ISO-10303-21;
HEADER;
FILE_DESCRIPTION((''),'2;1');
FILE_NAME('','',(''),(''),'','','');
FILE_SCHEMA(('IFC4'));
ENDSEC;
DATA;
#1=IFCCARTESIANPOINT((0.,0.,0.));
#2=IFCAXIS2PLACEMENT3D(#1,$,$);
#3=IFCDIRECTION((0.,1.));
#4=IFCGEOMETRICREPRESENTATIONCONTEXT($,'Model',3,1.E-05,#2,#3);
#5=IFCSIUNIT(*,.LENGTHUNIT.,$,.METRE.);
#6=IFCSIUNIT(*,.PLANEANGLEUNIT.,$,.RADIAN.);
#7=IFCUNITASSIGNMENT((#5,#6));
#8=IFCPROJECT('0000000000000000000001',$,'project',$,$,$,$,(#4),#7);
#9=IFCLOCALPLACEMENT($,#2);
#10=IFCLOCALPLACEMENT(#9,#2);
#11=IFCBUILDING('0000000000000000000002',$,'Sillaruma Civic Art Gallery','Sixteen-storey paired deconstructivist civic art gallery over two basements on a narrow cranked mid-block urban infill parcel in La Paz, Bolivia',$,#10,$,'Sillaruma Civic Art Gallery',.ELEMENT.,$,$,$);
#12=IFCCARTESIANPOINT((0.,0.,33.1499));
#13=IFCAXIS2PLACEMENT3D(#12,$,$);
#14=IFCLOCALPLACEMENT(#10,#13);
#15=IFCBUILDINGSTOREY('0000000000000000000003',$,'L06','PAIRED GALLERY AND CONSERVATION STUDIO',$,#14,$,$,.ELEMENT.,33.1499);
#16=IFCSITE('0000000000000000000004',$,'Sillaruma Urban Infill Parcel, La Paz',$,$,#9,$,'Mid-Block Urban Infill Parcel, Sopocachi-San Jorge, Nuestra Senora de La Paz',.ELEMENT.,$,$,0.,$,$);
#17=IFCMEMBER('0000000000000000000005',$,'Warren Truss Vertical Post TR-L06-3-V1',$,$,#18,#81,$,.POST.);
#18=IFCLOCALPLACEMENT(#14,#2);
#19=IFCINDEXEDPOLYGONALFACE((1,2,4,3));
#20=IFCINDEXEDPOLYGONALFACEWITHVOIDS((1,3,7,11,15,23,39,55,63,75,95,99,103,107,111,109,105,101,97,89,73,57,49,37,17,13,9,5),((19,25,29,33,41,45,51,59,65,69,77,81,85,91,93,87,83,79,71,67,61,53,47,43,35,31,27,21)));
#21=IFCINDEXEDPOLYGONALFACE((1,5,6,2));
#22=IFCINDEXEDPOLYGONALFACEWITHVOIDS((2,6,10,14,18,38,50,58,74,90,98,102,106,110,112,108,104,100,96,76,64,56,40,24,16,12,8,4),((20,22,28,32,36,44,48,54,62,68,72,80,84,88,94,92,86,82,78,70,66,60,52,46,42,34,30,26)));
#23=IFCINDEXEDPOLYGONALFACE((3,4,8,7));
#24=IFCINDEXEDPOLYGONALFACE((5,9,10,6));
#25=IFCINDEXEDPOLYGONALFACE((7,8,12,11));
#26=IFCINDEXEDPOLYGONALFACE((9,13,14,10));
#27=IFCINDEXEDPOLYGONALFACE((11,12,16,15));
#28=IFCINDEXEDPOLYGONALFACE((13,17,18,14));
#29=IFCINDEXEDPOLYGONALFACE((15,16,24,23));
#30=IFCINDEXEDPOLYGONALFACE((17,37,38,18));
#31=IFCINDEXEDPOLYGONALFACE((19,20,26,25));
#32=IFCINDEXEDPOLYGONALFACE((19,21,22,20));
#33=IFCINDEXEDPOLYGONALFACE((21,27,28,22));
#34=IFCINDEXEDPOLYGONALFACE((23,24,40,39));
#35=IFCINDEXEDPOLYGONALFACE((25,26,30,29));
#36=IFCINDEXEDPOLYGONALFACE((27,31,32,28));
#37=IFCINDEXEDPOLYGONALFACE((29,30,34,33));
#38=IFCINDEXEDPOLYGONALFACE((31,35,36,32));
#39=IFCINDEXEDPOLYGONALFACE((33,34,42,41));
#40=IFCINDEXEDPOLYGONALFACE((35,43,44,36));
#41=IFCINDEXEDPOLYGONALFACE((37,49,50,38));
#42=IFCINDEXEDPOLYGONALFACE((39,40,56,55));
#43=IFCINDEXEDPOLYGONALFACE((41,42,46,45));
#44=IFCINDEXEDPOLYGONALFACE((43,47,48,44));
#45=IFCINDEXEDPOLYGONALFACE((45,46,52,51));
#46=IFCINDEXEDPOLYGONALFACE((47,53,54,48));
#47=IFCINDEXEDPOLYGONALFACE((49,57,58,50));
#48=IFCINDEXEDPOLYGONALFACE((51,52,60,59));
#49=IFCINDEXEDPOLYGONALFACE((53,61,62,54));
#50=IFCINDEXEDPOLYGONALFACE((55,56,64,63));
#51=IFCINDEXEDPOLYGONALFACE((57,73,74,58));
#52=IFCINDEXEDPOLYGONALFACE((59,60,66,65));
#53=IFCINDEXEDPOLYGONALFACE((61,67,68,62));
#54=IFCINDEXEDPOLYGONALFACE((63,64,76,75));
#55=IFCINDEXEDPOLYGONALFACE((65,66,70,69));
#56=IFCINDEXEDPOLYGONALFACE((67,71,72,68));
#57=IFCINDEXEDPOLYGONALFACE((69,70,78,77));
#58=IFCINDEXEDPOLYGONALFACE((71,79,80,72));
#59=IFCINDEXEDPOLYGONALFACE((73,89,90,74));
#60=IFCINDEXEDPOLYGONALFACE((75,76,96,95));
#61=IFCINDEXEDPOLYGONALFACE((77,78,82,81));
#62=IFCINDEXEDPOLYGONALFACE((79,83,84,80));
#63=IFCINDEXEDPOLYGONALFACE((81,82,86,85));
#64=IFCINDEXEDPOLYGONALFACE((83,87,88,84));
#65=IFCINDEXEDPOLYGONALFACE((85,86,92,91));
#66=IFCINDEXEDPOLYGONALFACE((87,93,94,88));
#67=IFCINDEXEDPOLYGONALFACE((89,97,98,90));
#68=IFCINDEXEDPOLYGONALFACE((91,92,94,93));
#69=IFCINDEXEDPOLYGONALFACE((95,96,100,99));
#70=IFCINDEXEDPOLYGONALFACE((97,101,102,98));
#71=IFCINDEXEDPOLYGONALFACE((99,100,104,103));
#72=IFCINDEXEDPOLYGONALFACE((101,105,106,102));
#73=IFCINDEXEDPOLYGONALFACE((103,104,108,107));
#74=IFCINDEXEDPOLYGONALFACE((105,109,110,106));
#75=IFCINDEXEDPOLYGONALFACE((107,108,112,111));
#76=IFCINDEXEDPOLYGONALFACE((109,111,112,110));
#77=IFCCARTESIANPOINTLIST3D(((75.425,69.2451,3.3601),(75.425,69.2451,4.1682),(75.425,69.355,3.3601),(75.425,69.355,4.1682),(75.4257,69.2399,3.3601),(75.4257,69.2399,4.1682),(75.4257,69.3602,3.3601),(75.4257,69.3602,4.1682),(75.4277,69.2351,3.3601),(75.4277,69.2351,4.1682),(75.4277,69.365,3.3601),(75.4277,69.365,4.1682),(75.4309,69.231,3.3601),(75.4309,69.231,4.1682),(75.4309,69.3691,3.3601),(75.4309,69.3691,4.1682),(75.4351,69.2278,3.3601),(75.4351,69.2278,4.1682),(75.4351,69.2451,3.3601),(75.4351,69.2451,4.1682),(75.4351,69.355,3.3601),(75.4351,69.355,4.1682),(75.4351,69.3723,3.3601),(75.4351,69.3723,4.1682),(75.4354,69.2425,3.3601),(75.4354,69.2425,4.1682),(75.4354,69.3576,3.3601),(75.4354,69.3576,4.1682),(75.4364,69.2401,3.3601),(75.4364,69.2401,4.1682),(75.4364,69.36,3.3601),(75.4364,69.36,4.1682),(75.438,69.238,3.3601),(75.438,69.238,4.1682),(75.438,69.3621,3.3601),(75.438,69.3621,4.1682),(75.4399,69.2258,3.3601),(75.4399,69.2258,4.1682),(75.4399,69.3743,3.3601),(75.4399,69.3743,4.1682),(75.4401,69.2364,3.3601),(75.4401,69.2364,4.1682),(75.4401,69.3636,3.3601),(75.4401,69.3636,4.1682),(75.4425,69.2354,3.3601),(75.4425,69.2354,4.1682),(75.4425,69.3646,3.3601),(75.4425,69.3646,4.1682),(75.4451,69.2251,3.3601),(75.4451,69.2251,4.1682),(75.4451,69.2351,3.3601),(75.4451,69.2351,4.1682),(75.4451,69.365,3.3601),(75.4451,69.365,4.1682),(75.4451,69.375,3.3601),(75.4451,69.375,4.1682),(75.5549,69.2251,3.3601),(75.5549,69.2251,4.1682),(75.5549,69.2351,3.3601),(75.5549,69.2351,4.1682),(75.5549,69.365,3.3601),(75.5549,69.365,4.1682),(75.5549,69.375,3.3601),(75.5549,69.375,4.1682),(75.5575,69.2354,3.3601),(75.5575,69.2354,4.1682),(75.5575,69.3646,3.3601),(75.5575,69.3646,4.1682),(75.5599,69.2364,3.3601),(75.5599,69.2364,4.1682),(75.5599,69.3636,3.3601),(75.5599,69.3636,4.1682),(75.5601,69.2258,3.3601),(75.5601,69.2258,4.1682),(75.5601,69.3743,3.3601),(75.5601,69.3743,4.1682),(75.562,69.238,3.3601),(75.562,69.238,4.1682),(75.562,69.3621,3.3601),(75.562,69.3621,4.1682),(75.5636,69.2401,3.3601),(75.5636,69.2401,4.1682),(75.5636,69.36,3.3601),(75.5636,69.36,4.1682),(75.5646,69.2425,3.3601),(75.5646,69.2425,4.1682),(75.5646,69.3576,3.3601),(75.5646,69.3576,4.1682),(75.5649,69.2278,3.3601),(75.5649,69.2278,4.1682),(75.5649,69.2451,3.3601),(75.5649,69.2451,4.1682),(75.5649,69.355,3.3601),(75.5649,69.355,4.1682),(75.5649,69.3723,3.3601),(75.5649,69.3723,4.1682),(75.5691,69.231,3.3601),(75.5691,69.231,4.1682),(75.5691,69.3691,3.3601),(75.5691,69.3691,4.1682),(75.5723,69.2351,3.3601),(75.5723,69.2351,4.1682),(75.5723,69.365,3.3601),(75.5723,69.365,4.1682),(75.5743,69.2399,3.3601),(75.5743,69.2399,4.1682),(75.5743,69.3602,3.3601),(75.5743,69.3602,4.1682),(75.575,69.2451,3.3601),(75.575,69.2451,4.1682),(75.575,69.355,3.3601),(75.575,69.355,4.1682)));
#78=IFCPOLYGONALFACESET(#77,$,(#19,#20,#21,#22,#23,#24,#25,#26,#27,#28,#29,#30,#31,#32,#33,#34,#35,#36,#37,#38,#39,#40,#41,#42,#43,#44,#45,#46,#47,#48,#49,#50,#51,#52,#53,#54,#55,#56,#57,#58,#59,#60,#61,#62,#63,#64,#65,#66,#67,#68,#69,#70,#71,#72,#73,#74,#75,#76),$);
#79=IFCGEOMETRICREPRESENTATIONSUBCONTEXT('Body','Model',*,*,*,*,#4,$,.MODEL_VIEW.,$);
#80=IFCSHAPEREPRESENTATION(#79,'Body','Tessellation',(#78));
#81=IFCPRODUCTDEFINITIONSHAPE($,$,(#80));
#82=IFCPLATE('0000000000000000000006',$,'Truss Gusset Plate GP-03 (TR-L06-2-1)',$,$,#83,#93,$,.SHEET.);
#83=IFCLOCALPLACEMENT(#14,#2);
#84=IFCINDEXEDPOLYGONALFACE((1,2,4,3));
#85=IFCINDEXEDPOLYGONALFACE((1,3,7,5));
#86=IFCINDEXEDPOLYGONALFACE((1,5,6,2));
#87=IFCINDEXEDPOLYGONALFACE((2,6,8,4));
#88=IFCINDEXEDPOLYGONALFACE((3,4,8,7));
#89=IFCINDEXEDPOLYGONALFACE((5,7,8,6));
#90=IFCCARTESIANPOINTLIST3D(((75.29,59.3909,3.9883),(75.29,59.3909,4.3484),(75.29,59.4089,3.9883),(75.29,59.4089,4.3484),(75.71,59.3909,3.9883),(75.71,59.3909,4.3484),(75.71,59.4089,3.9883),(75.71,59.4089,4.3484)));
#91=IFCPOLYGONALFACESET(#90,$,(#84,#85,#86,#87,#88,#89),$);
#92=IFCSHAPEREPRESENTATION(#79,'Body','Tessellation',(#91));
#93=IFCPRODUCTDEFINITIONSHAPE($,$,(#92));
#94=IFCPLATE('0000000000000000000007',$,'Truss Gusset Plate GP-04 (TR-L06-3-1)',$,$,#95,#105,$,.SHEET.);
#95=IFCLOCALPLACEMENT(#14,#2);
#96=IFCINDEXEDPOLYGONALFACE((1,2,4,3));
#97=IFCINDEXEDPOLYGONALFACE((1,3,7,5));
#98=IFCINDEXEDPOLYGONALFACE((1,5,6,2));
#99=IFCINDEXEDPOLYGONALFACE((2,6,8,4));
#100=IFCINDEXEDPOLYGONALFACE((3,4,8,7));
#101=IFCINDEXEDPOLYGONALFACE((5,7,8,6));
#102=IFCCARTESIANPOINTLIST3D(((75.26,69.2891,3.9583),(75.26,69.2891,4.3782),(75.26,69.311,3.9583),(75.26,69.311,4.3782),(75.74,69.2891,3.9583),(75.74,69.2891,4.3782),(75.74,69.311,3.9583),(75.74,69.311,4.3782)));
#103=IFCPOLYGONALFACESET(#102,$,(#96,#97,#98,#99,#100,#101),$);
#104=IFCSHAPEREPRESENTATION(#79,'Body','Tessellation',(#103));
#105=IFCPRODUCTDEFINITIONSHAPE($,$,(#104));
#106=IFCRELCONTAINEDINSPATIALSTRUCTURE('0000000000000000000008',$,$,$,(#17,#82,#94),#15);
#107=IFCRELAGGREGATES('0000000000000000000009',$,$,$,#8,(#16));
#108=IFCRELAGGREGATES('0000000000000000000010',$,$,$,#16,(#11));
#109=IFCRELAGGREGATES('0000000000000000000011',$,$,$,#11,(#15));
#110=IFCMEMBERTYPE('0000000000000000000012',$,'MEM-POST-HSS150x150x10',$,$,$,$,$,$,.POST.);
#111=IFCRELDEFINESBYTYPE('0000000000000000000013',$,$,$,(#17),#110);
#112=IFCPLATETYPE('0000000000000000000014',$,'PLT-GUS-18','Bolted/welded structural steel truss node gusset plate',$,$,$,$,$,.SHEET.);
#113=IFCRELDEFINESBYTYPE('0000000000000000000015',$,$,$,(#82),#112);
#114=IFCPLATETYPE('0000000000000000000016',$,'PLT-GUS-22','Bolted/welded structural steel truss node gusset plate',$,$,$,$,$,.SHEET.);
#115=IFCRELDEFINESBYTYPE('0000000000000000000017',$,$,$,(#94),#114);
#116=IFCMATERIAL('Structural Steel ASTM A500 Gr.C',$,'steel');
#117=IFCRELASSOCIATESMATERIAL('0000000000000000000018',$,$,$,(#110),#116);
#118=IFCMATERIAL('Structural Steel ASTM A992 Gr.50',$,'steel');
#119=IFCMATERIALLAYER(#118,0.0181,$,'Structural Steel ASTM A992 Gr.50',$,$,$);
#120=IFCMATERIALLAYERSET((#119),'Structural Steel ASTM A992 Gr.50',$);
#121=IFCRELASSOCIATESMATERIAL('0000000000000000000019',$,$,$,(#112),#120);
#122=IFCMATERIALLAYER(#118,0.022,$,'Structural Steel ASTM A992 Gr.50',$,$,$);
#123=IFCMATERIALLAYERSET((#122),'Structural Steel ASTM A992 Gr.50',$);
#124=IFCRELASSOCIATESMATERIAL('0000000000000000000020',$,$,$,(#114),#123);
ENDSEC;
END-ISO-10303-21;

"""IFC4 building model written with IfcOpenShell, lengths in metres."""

from ifc_helpers import new_model, si_unit, direction, frame, origin, origin_2d, place, context, subcontext, project, spatial, rectangle, hollow_rectangle, extrude, material, layer, layer_set, material_profile, profile_set, type_object, element, save


model = new_model("IFC4")

# Units and contexts
model_context = context("Model", 3, precision=1e-05, world=origin(), true_north=direction((0.0, 1.0)))
body_context = subcontext(model_context, "Body", "Model", "MODEL_VIEW")
ifc_project = project(units=[si_unit("LENGTHUNIT", "METRE"), si_unit("PLANEANGLEUNIT", "RADIAN")], contexts=[model_context])

# Site, building, storey
site_placement = place(None, origin())
site = spatial("IfcSite", under=ifc_project, at=site_placement, Name="Sillaruma Urban Infill Parcel, La Paz", LongName="Mid-Block Urban Infill Parcel, Sopocachi-San Jorge, Nuestra Senora de La Paz", CompositionType="ELEMENT", RefElevation=0.0)
building_placement = place(site_placement, origin())
building = spatial("IfcBuilding", under=site, at=building_placement, Name="Sillaruma Civic Art Gallery", Description="Sixteen-storey paired deconstructivist civic art gallery over two basements on a narrow cranked mid-block urban infill parcel in La Paz, Bolivia", LongName="Sillaruma Civic Art Gallery", CompositionType="ELEMENT")
storey_placement = place(building_placement, frame((0.0, 0.0, 33.1499)))
storey = spatial("IfcBuildingStorey", under=building, at=storey_placement, Name="L06", Description="PAIRED GALLERY AND CONSERVATION STUDIO", CompositionType="ELEMENT", Elevation=33.1499)

# Shared definitions
ifc_material_1 = material(Name="Structural Steel ASTM A992 Gr.50", Category="steel")
ifc_material_2 = material(Name="Structural Steel ASTM A500 Gr.C", Category="steel")

# Member
ifc_material_profile_1 = material_profile(ifc_material_2, hollow_rectangle(XDim=0.1499, YDim=0.1499, WallThickness=0.01, InnerFilletRadius=0.01, OuterFilletRadius=0.02, at=origin_2d()), Name="HSS150x150x10")
ifc_profile_set_1 = profile_set([ifc_material_profile_1], Name="Structural Steel ASTM A500 Gr.C")
member_type_1 = type_object("IfcMemberType", Name="MEM-POST-HSS150x150x10", PredefinedType="POST", material=ifc_profile_set_1)
for number, where, z_axis, x_axis, name in (
    (1, (75.5, 69.3, 3.3601), (0.0, 0.0, 1.0), (1.0, 0.0, 0.0), "Warren Truss Vertical Post TR-L06-3-V1"),
):
    element("IfcMember", number, at=place(storey_placement, frame(where, z_axis=z_axis, x_axis=x_axis)), inside=storey, type_object=member_type_1, Name=name, PredefinedType="POST", context=body_context, shape_type="SweptSolid", body=[
        extrude(hollow_rectangle(XDim=0.1499, YDim=0.1499, WallThickness=0.01, InnerFilletRadius=0.01, OuterFilletRadius=0.02, at=origin_2d()), origin(), (0.0, 0.0, 1.0), 0.8081),
    ])

# Plates
ifc_layer_1 = layer(ifc_material_1, 0.0181, Name="Structural Steel ASTM A992 Gr.50")
ifc_layer_set_1 = layer_set([ifc_layer_1], Name="Structural Steel ASTM A992 Gr.50")
plate_type_1 = type_object("IfcPlateType", Name="PLT-GUS-18", Description="Bolted/welded structural steel truss node gusset plate", PredefinedType="SHEET", material=ifc_layer_set_1)
plate_1_placement = place(storey_placement, frame((75.5, 59.3999, 3.9883), z_axis=(0.0, 0.0, 1.0), x_axis=(1.0, 0.0, 0.0)))
element("IfcPlate", 2, at=plate_1_placement, inside=storey, type_object=plate_type_1, Name="Truss Gusset Plate GP-03 (TR-L06-2-1)", PredefinedType="SHEET", context=body_context, shape_type="SweptSolid", body=[
    extrude(rectangle(XDim=0.4199, YDim=0.0181, at=origin_2d()), origin(), (0.0, 0.0, 1.0), 0.3601),
])
ifc_layer_2 = layer(ifc_material_1, 0.022, Name="Structural Steel ASTM A992 Gr.50")
ifc_layer_set_2 = layer_set([ifc_layer_2], Name="Structural Steel ASTM A992 Gr.50")
plate_type_2 = type_object("IfcPlateType", Name="PLT-GUS-22", Description="Bolted/welded structural steel truss node gusset plate", PredefinedType="SHEET", material=ifc_layer_set_2)
plate_2_placement = place(storey_placement, frame((75.5, 69.3, 3.9583), z_axis=(0.0, 0.0, 1.0), x_axis=(1.0, 0.0, 0.0)))
element("IfcPlate", 3, at=plate_2_placement, inside=storey, type_object=plate_type_2, Name="Truss Gusset Plate GP-04 (TR-L06-3-1)", PredefinedType="SHEET", context=body_context, shape_type="SweptSolid", body=[
    extrude(rectangle(XDim=0.48, YDim=0.022, at=origin_2d()), origin(), (0.0, 0.0, 1.0), 0.4199),
])

save(model, "model.ifc")
